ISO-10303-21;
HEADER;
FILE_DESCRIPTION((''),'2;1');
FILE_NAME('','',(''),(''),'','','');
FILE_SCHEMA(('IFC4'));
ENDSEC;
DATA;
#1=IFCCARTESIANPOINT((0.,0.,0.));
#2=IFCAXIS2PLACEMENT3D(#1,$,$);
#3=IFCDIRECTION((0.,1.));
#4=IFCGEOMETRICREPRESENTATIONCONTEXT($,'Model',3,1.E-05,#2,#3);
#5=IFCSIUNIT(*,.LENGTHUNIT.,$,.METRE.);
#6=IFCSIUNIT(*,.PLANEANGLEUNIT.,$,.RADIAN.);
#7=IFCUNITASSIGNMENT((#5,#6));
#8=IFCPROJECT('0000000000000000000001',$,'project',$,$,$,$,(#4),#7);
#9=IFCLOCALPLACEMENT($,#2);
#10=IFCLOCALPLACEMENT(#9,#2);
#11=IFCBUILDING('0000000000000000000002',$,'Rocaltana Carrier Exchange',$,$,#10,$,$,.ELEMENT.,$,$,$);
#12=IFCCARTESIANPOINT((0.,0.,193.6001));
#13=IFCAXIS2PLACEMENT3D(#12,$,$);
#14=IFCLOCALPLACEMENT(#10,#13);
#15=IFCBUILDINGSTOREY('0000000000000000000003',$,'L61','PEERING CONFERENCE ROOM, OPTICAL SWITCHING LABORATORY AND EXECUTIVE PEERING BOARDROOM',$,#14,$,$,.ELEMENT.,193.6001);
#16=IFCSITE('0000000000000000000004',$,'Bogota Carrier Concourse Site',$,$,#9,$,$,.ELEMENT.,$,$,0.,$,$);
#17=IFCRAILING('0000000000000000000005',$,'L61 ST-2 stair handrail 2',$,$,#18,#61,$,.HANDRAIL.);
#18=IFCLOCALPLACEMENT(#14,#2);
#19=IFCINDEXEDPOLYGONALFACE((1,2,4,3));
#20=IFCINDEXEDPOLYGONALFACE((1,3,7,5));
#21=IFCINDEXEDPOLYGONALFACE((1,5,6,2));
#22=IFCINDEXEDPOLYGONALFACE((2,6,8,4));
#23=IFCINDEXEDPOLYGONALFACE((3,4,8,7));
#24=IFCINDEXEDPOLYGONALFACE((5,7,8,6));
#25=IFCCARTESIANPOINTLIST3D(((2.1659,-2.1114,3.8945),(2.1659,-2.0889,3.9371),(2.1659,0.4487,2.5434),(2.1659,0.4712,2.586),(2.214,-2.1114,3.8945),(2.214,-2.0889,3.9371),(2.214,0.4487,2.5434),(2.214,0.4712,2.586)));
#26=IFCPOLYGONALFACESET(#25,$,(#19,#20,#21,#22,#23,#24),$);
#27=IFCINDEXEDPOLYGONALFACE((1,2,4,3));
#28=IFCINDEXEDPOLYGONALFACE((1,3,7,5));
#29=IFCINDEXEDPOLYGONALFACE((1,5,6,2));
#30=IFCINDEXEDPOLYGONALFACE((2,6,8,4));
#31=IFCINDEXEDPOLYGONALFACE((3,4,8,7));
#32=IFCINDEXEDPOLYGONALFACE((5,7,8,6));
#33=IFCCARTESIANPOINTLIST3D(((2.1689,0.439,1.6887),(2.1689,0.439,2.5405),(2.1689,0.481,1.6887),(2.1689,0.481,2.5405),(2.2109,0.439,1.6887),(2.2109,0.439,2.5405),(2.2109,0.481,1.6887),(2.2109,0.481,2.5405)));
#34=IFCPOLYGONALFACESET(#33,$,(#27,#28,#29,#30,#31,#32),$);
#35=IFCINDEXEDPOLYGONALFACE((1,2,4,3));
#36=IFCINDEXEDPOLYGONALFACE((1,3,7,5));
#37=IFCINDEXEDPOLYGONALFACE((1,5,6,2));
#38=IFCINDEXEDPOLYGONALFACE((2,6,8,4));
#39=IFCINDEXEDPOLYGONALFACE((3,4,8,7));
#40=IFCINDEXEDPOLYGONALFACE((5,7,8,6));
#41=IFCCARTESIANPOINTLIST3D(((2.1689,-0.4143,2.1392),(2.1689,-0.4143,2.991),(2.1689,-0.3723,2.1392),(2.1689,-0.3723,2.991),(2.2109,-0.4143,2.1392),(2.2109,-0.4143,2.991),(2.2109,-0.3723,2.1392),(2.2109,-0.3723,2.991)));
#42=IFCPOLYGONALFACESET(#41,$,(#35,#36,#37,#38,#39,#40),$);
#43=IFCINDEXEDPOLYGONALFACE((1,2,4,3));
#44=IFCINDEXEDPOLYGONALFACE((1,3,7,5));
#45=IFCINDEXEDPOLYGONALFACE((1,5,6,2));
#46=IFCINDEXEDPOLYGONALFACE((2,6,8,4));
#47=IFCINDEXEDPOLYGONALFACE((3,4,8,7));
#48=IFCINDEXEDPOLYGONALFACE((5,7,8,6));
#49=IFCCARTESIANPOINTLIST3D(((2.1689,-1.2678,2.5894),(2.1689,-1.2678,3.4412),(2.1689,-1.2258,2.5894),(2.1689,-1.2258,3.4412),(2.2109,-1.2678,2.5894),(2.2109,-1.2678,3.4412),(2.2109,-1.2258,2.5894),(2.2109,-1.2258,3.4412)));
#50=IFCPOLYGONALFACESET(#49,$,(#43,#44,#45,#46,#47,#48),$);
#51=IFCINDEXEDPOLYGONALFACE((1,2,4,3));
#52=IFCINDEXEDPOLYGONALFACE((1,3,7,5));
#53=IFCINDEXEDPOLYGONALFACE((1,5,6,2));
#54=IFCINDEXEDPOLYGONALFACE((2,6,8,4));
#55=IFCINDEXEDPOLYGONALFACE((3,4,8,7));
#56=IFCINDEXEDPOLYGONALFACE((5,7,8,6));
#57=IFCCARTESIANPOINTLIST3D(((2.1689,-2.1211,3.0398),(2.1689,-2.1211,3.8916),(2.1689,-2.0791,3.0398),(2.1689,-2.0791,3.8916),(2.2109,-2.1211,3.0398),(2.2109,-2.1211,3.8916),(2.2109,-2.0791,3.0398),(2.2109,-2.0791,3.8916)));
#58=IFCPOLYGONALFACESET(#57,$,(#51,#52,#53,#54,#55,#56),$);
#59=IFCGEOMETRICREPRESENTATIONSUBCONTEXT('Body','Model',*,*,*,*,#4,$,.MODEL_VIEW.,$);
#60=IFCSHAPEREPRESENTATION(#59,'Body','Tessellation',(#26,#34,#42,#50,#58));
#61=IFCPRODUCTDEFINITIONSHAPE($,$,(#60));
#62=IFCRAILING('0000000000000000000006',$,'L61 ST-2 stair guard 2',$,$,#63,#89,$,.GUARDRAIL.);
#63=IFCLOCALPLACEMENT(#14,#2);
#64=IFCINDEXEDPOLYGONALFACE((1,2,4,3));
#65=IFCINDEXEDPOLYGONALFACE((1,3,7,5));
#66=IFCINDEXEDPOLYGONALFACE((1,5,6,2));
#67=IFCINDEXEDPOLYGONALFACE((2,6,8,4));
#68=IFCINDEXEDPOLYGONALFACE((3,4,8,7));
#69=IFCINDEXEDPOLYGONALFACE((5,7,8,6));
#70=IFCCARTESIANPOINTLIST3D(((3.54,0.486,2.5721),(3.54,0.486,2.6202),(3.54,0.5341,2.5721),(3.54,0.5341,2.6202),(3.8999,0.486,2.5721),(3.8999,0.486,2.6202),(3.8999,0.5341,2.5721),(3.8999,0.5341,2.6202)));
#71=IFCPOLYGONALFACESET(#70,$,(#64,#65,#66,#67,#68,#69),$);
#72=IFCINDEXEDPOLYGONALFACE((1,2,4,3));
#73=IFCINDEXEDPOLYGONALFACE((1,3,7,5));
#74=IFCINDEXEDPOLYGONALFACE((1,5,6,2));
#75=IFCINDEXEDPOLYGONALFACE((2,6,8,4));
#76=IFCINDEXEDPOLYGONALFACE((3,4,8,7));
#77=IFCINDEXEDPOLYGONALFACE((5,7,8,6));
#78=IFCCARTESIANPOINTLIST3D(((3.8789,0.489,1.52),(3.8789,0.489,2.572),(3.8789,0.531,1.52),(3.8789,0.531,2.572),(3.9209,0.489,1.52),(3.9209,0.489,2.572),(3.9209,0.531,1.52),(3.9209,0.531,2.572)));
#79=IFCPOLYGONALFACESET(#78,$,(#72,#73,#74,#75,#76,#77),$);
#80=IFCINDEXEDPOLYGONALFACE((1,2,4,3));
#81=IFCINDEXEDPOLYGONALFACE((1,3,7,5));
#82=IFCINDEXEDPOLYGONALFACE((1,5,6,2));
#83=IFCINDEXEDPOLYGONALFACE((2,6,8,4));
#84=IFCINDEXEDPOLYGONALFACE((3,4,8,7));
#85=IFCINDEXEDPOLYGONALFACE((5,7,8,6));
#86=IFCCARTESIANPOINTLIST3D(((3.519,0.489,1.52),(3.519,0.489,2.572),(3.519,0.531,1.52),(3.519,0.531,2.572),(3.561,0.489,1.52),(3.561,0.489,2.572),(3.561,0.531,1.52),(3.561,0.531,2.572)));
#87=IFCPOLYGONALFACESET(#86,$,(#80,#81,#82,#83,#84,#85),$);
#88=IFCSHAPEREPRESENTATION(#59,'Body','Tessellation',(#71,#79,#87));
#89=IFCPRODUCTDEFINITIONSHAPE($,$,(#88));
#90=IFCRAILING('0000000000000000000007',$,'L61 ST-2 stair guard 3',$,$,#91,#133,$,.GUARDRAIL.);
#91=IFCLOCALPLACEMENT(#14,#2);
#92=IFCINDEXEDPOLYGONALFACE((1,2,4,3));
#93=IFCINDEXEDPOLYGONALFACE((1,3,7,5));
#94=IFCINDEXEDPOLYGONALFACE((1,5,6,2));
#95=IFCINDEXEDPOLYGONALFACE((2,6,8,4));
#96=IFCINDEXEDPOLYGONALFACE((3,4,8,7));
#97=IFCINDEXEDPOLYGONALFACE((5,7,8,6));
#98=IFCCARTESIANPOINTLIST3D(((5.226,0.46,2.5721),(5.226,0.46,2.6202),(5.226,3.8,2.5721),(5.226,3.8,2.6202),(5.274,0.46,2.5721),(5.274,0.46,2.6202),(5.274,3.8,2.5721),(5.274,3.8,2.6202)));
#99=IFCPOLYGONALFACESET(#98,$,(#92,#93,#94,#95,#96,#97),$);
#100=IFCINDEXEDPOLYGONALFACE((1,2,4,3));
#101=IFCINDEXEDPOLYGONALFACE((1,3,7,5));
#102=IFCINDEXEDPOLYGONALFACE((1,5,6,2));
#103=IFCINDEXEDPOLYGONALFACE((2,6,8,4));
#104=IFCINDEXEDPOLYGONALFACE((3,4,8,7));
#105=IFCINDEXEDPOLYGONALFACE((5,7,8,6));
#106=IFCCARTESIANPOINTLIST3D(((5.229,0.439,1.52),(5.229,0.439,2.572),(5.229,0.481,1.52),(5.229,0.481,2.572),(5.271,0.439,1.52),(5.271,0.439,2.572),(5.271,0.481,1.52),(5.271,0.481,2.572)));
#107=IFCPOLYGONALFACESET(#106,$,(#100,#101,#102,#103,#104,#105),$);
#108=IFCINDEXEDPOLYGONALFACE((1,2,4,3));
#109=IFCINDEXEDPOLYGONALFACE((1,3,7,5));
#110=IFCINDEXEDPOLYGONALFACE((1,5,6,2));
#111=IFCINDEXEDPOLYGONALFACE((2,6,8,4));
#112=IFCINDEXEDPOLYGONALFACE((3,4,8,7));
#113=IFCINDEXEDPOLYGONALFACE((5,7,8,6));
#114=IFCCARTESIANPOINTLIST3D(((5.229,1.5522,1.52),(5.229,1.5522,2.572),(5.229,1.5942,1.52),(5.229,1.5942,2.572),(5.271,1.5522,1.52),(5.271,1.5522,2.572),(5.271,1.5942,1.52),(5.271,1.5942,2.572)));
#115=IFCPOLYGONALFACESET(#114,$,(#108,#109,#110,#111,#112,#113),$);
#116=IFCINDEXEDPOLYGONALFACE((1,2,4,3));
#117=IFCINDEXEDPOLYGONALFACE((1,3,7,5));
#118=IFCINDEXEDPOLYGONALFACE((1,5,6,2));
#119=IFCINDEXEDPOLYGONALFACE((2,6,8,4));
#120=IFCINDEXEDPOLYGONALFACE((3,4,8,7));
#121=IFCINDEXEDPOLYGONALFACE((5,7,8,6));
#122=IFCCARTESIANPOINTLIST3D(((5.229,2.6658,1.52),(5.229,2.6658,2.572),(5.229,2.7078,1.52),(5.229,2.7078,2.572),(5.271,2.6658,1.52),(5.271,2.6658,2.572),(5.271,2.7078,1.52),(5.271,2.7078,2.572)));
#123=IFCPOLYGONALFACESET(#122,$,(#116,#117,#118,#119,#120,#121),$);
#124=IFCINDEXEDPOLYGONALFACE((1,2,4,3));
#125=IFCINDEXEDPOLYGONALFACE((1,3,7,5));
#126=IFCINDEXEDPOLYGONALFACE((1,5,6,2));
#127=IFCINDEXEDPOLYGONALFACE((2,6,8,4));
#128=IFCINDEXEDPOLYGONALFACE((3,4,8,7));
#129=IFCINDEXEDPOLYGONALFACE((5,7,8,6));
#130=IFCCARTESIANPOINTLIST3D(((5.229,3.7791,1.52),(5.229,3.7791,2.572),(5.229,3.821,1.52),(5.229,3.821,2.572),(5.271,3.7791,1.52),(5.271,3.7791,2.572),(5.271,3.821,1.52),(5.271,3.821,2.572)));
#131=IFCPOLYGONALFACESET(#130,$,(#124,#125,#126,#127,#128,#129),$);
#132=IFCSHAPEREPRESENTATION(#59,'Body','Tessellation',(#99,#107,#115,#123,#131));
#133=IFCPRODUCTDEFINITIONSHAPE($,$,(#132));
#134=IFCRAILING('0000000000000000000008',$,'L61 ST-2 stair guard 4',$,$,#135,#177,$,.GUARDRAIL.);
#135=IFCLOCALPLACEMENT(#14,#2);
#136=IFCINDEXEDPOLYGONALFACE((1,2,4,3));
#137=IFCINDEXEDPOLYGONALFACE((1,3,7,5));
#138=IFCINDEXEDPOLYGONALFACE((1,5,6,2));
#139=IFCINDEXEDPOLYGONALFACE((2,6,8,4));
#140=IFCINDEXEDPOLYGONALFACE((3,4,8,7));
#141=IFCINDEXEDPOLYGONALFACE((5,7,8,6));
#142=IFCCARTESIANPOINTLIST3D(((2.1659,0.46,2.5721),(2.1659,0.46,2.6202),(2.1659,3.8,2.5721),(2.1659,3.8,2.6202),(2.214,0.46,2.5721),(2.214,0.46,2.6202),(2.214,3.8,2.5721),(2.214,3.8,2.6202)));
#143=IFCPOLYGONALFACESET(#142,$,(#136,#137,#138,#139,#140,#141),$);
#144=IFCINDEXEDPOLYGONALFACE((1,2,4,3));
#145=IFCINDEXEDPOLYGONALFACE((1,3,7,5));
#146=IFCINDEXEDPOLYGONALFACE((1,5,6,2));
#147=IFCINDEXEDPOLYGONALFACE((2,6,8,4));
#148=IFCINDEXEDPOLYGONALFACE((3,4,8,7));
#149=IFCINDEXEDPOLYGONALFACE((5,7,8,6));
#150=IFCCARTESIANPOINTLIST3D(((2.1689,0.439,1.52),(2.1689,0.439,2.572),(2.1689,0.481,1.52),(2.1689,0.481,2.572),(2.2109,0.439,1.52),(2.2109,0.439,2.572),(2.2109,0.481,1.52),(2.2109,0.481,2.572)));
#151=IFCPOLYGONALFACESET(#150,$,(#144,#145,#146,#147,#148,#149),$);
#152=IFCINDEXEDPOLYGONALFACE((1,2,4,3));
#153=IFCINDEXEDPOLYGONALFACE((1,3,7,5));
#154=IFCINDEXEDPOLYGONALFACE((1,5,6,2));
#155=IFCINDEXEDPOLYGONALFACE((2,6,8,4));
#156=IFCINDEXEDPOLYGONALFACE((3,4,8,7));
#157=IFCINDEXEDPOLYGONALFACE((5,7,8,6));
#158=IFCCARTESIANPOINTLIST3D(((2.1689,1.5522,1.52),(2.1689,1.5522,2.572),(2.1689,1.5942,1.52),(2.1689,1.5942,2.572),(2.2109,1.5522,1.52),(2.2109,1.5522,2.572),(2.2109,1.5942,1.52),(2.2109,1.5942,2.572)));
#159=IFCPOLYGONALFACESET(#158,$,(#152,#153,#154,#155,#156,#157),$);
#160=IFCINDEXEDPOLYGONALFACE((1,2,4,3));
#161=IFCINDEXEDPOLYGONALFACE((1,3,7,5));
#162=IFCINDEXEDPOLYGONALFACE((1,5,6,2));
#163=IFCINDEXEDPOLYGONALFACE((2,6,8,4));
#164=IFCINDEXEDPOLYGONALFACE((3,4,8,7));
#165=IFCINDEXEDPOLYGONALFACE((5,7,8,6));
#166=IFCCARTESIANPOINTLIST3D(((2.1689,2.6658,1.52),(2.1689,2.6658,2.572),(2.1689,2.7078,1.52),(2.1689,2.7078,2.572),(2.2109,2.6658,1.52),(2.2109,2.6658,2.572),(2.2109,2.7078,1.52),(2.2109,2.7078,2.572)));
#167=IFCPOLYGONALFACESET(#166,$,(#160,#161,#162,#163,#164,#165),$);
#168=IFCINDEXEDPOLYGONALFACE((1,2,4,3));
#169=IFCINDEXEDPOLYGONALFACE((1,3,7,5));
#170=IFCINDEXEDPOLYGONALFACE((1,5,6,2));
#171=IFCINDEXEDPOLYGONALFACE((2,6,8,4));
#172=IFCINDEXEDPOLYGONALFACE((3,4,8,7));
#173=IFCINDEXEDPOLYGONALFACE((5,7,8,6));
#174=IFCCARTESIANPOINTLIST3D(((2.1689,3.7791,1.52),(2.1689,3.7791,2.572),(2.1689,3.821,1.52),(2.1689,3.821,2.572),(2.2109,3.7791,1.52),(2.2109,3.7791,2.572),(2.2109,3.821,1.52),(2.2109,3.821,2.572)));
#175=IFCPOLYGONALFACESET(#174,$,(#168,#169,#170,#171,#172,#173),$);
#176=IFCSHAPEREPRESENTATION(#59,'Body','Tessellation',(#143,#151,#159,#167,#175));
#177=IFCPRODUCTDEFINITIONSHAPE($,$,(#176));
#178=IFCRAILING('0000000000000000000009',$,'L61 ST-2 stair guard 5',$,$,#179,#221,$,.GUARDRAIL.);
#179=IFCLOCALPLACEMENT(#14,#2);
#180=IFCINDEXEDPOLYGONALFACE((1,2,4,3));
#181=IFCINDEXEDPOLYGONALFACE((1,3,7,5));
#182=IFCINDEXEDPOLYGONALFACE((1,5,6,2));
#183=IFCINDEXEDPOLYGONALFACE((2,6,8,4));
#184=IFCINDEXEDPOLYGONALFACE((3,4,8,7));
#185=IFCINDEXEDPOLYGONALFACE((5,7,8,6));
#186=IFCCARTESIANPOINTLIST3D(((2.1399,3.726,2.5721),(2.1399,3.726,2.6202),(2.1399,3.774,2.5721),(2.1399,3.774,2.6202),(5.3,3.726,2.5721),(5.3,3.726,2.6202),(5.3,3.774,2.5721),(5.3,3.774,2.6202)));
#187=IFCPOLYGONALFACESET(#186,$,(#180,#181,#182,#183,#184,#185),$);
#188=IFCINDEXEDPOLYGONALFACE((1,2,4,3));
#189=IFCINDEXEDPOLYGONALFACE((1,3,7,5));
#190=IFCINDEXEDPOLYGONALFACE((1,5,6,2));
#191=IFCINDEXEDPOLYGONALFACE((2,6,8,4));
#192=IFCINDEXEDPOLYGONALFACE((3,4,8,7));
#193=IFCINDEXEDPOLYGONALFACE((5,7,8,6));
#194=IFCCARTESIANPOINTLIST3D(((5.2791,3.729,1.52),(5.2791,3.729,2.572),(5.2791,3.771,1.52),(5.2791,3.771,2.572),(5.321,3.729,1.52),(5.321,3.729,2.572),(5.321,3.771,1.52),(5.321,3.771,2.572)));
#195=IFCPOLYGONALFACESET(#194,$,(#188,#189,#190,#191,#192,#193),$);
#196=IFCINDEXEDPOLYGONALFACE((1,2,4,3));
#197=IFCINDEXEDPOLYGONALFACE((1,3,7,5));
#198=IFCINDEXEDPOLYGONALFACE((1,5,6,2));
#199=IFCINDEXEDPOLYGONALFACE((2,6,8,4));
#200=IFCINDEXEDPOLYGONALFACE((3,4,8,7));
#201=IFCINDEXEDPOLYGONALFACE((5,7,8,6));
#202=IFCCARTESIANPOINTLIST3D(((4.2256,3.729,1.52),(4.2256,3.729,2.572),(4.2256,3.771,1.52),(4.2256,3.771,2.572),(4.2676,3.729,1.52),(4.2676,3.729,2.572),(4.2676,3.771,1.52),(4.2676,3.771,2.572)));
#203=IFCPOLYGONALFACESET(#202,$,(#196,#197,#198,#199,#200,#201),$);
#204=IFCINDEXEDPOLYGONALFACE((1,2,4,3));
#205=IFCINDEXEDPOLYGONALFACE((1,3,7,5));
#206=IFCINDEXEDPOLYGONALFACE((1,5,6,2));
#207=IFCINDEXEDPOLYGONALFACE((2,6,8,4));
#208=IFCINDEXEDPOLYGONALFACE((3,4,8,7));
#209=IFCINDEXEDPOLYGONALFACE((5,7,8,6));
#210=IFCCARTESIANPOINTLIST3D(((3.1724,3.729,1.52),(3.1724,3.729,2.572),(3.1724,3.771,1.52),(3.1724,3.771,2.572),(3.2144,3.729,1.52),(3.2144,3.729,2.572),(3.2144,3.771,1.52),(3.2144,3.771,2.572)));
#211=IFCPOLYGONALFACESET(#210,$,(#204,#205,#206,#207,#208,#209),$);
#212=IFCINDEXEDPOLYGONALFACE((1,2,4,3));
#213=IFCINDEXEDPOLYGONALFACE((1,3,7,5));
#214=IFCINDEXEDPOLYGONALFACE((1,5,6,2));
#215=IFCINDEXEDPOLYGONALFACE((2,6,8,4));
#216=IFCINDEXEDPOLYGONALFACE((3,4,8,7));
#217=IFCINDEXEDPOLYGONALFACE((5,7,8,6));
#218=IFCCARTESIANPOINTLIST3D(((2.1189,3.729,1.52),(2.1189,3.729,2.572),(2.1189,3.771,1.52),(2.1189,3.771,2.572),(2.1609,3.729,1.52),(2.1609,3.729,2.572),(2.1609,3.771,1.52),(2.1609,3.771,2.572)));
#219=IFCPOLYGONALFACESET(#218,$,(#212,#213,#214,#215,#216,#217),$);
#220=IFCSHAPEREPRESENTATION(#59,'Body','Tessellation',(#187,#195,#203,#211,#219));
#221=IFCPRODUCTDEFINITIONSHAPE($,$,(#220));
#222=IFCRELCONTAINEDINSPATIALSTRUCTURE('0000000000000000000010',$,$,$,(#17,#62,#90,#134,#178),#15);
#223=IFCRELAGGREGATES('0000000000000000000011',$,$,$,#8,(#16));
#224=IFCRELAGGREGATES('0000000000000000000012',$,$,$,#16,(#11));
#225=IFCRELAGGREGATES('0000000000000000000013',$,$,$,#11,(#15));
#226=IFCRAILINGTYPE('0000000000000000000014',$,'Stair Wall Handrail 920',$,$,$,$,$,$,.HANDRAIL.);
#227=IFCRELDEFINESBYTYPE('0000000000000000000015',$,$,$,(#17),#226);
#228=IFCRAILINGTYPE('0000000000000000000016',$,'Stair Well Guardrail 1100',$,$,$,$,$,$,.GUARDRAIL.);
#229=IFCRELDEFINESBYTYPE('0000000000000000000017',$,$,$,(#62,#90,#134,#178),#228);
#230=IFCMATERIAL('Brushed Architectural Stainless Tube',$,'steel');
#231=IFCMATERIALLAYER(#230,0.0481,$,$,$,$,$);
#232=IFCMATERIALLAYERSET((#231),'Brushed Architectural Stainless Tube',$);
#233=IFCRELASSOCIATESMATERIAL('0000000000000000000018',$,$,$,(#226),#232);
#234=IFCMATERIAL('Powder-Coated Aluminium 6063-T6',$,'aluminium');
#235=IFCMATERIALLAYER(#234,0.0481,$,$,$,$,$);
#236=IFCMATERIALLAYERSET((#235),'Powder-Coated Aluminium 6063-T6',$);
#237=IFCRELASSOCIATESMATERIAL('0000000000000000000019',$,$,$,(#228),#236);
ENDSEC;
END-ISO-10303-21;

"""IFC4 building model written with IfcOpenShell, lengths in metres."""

from ifc_helpers import new_model, si_unit, direction, frame, origin, origin_2d, place, context, subcontext, project, spatial, rectangle, extrude, material, layer, layer_set, type_object, element, save


model = new_model("IFC4")

# Units and contexts
model_context = context("Model", 3, precision=1e-05, world=origin(), true_north=direction((0.0, 1.0)))
body_context = subcontext(model_context, "Body", "Model", "MODEL_VIEW")
ifc_project = project(units=[si_unit("LENGTHUNIT", "METRE"), si_unit("PLANEANGLEUNIT", "RADIAN")], contexts=[model_context])

# Site, building, storey
site_placement = place(None, origin())
site = spatial("IfcSite", under=ifc_project, at=site_placement, Name="Bogota Carrier Concourse Site", CompositionType="ELEMENT", RefElevation=0.0)
building_placement = place(site_placement, origin())
building = spatial("IfcBuilding", under=site, at=building_placement, Name="Rocaltana Carrier Exchange", CompositionType="ELEMENT")
storey_placement = place(building_placement, frame((0.0, 0.0, 193.6001)))
storey = spatial("IfcBuildingStorey", under=building, at=storey_placement, Name="L61", Description="PEERING CONFERENCE ROOM, OPTICAL SWITCHING LABORATORY AND EXECUTIVE PEERING BOARDROOM", CompositionType="ELEMENT", Elevation=193.6001)

# Railings
ifc_material_1 = material(Name="Brushed Architectural Stainless Tube", Category="steel")
ifc_layer_1 = layer(ifc_material_1, 0.0481)
ifc_layer_set_1 = layer_set([ifc_layer_1], Name="Brushed Architectural Stainless Tube")
railing_type_1 = type_object("IfcRailingType", Name="Stair Wall Handrail 920", PredefinedType="HANDRAIL", material=ifc_layer_set_1)
railing_1_placement = place(storey_placement, frame((2.1899, 0.46, 1.6887)))
element("IfcRailing", 1, at=railing_1_placement, inside=storey, type_object=railing_type_1, Name="L61 ST-2 stair handrail 2", PredefinedType="HANDRAIL", context=body_context, shape_type="SweptSolid", body=[
    extrude(rectangle(XDim=0.0481, YDim=0.0481, at=origin_2d()), frame((0.0, 0.0, 0.876), z_axis=(0.0, -0.884394, 0.46674), x_axis=(1.0, 0.0, 0.0)), (0.0, 0.0, 1.0), 2.8948),
    extrude(rectangle(XDim=0.042, YDim=0.042, at=origin_2d()), origin(), (0.0, 0.0, 1.0), 0.8518),
    extrude(rectangle(XDim=0.042, YDim=0.042, at=origin_2d()), frame((0.0, -0.8533, 0.4504)), (0.0, 0.0, 1.0), 0.8518),
    extrude(rectangle(XDim=0.042, YDim=0.042, at=origin_2d()), frame((0.0, -1.7068, 0.9006)), (0.0, 0.0, 1.0), 0.8518),
    extrude(rectangle(XDim=0.042, YDim=0.042, at=origin_2d()), frame((0.0, -2.5601, 1.3511)), (0.0, 0.0, 1.0), 0.8518),
])
ifc_material_2 = material(Name="Powder-Coated Aluminium 6063-T6", Category="aluminium")
ifc_layer_2 = layer(ifc_material_2, 0.0481)
ifc_layer_set_2 = layer_set([ifc_layer_2], Name="Powder-Coated Aluminium 6063-T6")
railing_type_2 = type_object("IfcRailingType", Name="Stair Well Guardrail 1100", PredefinedType="GUARDRAIL", material=ifc_layer_set_2)
railing_2_placement = place(storey_placement, frame((3.8999, 0.51, 1.52)))
element("IfcRailing", 2, at=railing_2_placement, inside=storey, type_object=railing_type_2, Name="L61 ST-2 stair guard 2", PredefinedType="GUARDRAIL", context=body_context, shape_type="SweptSolid", body=[
    extrude(rectangle(XDim=0.0481, YDim=0.0481, at=origin_2d()), frame((0.0, 0.0, 1.0762), z_axis=(-1.0, 0.0, 0.0), x_axis=(0.0, -1.0, 0.0)), (0.0, 0.0, 1.0), 0.3599),
    extrude(rectangle(XDim=0.042, YDim=0.042, at=origin_2d()), origin(), (0.0, 0.0, 1.0), 1.052),
    extrude(rectangle(XDim=0.042, YDim=0.042, at=origin_2d()), frame((-0.3599, 0.0, 0.0)), (0.0, 0.0, 1.0), 1.052),
])
for number, where, name in (
    (3, (5.25, 0.46, 1.52), "L61 ST-2 stair guard 3"),
    (4, (2.1899, 0.46, 1.52), "L61 ST-2 stair guard 4"),
):
    element("IfcRailing", number, at=place(storey_placement, frame(where)), inside=storey, type_object=railing_type_2, Name=name, PredefinedType="GUARDRAIL", context=body_context, shape_type="SweptSolid", body=[
        extrude(rectangle(XDim=0.0481, YDim=0.0481, at=origin_2d()), frame((0.0, 0.0, 1.0762), z_axis=(0.0, 1.0, 0.0), x_axis=(-1.0, 0.0, 0.0)), (0.0, 0.0, 1.0), 3.3401),
        extrude(rectangle(XDim=0.042, YDim=0.042, at=origin_2d()), origin(), (0.0, 0.0, 1.0), 1.052),
        extrude(rectangle(XDim=0.042, YDim=0.042, at=origin_2d()), frame((0.0, 1.1133, 0.0)), (0.0, 0.0, 1.0), 1.052),
        extrude(rectangle(XDim=0.042, YDim=0.042, at=origin_2d()), frame((0.0, 2.2268, 0.0)), (0.0, 0.0, 1.0), 1.052),
        extrude(rectangle(XDim=0.042, YDim=0.042, at=origin_2d()), frame((0.0, 3.3401, 0.0)), (0.0, 0.0, 1.0), 1.052),
    ])
railing_3_placement = place(storey_placement, frame((5.3, 3.75, 1.52)))
element("IfcRailing", 5, at=railing_3_placement, inside=storey, type_object=railing_type_2, Name="L61 ST-2 stair guard 5", PredefinedType="GUARDRAIL", context=body_context, shape_type="SweptSolid", body=[
    extrude(rectangle(XDim=0.0481, YDim=0.0481, at=origin_2d()), frame((0.0, 0.0, 1.0762), z_axis=(-1.0, 0.0, 0.0), x_axis=(0.0, -1.0, 0.0)), (0.0, 0.0, 1.0), 3.1602),
    extrude(rectangle(XDim=0.042, YDim=0.042, at=origin_2d()), origin(), (0.0, 0.0, 1.0), 1.052),
    extrude(rectangle(XDim=0.042, YDim=0.042, at=origin_2d()), frame((-1.0535, 0.0, 0.0)), (0.0, 0.0, 1.0), 1.052),
    extrude(rectangle(XDim=0.042, YDim=0.042, at=origin_2d()), frame((-2.1067, 0.0, 0.0)), (0.0, 0.0, 1.0), 1.052),
    extrude(rectangle(XDim=0.042, YDim=0.042, at=origin_2d()), frame((-3.1602, 0.0, 0.0)), (0.0, 0.0, 1.0), 1.052),
])

save(model, "model.ifc")
